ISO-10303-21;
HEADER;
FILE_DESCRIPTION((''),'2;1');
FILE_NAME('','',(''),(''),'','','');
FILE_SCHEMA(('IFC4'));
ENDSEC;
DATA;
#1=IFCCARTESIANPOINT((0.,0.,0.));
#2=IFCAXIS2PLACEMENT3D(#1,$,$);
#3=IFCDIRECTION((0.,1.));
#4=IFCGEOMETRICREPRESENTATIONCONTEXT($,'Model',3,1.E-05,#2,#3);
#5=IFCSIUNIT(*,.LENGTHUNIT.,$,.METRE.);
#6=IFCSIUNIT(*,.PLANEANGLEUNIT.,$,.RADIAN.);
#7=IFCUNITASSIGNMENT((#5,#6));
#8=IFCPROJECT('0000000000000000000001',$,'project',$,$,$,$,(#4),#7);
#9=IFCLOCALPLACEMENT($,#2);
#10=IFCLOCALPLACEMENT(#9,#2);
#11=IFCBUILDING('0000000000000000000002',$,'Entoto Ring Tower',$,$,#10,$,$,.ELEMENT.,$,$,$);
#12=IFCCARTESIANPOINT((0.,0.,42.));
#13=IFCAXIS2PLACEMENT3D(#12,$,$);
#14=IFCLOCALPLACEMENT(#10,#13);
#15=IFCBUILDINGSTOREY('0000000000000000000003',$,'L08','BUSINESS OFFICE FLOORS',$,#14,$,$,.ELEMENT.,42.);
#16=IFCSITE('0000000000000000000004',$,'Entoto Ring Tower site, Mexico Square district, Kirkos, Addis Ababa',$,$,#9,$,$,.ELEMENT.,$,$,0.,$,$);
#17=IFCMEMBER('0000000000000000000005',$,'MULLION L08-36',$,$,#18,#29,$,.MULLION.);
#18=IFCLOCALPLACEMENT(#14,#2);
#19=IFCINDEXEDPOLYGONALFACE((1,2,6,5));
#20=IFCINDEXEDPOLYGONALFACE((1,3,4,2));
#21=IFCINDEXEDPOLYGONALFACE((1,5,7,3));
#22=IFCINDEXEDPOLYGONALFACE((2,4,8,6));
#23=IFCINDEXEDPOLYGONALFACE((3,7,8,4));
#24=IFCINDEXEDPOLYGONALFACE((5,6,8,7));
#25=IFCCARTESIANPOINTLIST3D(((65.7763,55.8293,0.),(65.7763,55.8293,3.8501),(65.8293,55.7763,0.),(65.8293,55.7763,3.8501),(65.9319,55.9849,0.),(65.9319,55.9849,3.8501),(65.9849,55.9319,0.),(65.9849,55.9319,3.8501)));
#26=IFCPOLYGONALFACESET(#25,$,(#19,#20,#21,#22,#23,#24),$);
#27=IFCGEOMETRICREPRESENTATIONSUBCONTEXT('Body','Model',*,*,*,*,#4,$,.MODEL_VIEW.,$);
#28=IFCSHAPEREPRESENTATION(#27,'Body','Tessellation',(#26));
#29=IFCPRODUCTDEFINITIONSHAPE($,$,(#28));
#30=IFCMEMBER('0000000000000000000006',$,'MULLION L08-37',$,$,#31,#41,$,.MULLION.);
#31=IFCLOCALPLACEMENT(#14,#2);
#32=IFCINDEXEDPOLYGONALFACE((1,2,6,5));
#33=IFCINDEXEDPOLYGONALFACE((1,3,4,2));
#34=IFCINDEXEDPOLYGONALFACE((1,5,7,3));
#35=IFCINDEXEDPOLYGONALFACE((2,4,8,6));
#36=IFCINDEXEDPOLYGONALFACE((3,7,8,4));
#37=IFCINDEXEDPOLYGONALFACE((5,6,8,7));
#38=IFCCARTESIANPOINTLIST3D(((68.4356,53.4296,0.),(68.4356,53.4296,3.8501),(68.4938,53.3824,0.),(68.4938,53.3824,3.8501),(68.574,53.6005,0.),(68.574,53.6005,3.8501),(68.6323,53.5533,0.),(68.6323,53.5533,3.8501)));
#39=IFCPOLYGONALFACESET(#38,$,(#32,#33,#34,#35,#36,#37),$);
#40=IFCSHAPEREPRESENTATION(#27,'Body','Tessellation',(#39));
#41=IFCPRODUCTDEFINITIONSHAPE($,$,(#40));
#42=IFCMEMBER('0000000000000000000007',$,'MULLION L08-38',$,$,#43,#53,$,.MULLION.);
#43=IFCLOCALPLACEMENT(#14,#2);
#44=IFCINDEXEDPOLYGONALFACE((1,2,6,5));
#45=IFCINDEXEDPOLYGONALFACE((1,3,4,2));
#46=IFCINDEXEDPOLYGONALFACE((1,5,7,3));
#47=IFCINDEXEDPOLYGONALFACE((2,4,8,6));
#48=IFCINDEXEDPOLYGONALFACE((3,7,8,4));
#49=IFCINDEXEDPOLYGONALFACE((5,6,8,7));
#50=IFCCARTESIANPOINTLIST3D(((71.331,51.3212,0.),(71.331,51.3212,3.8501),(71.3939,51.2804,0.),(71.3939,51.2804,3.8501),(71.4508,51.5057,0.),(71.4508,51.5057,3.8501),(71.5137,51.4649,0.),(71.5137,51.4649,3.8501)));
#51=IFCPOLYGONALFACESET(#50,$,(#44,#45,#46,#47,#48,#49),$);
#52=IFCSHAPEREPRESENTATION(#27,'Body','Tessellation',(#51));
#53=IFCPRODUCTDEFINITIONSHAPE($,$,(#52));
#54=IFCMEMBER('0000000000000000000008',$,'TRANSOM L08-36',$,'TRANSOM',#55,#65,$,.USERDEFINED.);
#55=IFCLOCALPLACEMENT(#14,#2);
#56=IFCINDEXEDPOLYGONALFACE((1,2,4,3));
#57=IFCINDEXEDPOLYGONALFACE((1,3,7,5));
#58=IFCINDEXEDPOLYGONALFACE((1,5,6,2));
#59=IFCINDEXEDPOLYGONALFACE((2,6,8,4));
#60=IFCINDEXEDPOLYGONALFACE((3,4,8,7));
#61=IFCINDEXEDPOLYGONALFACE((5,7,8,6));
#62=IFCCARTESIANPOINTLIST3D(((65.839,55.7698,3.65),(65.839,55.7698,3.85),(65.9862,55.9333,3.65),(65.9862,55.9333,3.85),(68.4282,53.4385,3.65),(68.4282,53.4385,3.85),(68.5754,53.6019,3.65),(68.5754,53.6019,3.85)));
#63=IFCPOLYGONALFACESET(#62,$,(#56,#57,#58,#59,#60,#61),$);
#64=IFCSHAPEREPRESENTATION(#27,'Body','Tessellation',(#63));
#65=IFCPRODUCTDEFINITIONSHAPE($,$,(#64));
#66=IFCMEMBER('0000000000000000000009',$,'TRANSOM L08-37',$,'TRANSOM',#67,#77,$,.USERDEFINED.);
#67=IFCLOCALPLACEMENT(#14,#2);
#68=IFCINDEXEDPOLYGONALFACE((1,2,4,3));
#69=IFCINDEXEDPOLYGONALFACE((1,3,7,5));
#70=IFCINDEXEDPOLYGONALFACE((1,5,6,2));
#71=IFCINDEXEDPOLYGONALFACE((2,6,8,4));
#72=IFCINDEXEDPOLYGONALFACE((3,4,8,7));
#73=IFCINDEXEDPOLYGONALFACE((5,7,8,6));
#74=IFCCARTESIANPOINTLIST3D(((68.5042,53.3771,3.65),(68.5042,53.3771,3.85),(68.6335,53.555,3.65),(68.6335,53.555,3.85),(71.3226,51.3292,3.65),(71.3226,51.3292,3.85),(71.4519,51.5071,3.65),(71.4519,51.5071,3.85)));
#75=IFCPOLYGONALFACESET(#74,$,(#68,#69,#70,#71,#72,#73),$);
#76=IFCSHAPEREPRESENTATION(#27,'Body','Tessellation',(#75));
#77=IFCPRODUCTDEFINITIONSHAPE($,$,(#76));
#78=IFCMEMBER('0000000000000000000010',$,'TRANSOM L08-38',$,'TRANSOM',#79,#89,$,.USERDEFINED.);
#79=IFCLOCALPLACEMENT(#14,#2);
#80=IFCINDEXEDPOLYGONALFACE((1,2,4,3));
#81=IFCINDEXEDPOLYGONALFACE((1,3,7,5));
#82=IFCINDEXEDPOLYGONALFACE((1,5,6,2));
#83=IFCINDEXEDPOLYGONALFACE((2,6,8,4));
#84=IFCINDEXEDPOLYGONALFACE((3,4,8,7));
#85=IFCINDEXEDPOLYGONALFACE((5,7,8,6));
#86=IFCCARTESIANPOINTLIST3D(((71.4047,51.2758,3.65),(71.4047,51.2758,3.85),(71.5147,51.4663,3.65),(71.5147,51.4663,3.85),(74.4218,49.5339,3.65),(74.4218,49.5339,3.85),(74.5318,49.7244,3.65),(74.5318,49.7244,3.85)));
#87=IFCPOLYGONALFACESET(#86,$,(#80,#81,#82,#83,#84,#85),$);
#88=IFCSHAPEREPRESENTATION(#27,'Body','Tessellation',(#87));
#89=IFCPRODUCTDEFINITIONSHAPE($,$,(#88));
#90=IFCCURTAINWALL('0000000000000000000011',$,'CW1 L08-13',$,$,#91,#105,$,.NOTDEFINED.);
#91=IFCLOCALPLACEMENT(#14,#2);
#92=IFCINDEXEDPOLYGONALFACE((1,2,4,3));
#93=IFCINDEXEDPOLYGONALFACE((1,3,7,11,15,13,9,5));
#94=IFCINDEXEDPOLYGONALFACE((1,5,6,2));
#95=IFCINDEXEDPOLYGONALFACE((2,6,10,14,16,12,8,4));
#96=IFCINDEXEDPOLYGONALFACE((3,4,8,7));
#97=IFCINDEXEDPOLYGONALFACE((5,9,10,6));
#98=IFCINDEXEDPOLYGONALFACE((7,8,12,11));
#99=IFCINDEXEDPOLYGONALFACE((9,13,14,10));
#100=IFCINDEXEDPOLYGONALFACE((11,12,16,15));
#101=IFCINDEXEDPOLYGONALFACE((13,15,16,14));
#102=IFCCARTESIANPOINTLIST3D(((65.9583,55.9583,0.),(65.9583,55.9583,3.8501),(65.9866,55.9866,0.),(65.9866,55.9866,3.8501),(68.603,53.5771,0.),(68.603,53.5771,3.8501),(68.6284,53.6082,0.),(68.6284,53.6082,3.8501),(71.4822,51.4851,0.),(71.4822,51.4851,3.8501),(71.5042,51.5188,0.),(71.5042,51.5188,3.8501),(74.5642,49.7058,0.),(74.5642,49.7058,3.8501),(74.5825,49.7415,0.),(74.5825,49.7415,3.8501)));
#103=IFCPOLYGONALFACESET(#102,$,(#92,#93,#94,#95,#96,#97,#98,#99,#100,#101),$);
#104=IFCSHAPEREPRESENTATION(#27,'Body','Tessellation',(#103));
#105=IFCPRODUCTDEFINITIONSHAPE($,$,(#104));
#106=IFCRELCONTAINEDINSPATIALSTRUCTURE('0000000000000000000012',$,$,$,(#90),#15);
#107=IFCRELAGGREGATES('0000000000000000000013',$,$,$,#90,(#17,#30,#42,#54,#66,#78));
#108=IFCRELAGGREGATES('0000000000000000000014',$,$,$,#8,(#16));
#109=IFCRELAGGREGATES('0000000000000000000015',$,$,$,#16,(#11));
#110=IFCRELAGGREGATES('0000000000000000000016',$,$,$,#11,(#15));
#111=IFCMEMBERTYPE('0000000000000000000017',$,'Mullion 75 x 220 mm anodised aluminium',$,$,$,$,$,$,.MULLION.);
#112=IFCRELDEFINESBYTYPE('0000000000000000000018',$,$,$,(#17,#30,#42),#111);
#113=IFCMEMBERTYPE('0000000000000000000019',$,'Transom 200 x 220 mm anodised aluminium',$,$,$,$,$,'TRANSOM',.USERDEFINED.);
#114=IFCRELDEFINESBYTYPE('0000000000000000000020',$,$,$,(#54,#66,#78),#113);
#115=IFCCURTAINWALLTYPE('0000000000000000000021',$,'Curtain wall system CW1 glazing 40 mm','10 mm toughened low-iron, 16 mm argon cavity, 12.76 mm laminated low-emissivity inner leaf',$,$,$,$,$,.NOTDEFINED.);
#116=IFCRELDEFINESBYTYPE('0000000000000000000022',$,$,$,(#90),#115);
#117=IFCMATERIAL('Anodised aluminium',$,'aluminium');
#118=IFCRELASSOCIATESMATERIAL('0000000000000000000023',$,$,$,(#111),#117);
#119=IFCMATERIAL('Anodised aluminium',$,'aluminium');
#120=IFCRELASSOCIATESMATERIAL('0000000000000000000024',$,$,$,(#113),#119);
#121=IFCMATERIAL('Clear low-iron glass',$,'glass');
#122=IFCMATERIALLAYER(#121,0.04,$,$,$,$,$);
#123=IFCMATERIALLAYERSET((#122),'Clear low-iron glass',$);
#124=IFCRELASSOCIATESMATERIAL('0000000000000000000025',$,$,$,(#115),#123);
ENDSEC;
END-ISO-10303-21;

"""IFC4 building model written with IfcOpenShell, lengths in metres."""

from ifc_helpers import new_model, si_unit, direction, frame, origin, origin_2d, place, context, subcontext, project, spatial, polyline, rectangle, outline, extrude, material, layer, layer_set, material_profile, profile_set, type_object, element, aggregate, save


model = new_model("IFC4")

# Units and contexts
model_context = context("Model", 3, precision=1e-05, world=origin(), true_north=direction((0.0, 1.0)))
body_context = subcontext(model_context, "Body", "Model", "MODEL_VIEW")
ifc_project = project(units=[si_unit("LENGTHUNIT", "METRE"), si_unit("PLANEANGLEUNIT", "RADIAN")], contexts=[model_context])

# Members
ifc_material_1 = material(Name="Anodised aluminium", Category="aluminium")
ifc_material_profile_1 = material_profile(ifc_material_1, rectangle(XDim=0.075, YDim=0.22, at=origin_2d()), Name="Mullion 75 x 220 mm anodised aluminium")
ifc_profile_set_1 = profile_set([ifc_material_profile_1], Name="Anodised aluminium")
member_type_1 = type_object("IfcMemberType", Name="Mullion 75 x 220 mm anodised aluminium", PredefinedType="MULLION", material=ifc_profile_set_1)
site_placement = place(None, origin())
building_placement = place(site_placement, origin())
storey_placement = place(building_placement, frame((0.0, 0.0, 42.0)))
member_1_placement = place(storey_placement, frame((65.8806, 55.8806, 0.0), z_axis=(0.0, 0.0, 1.0), x_axis=(0.707107, -0.707107, 0.0)))
member_1 = element("IfcMember", 1, at=member_1_placement, type_object=member_type_1, Name="MULLION L08-36", PredefinedType="MULLION", context=body_context, shape_type="SweptSolid", body=[
    extrude(rectangle(XDim=0.075, YDim=0.22, at=origin_2d()), origin(), (0.0, 0.0, 1.0), 3.8501),
])
member_2_placement = place(storey_placement, frame((68.5339, 53.4915, 0.0), z_axis=(0.0, 0.0, 1.0), x_axis=(0.777146, -0.62932, 0.0)))
member_2 = element("IfcMember", 2, at=member_2_placement, type_object=member_type_1, Name="MULLION L08-37", PredefinedType="MULLION", context=body_context, shape_type="SweptSolid", body=[
    extrude(rectangle(XDim=0.075, YDim=0.22, at=origin_2d()), origin(), (0.0, 0.0, 1.0), 3.8501),
])
member_3_placement = place(storey_placement, frame((71.4224, 51.3931, 0.0), z_axis=(0.0, 0.0, 1.0), x_axis=(0.838671, -0.544639, 0.0)))
member_3 = element("IfcMember", 3, at=member_3_placement, type_object=member_type_1, Name="MULLION L08-38", PredefinedType="MULLION", context=body_context, shape_type="SweptSolid", body=[
    extrude(rectangle(XDim=0.075, YDim=0.22, at=origin_2d()), origin(), (0.0, 0.0, 1.0), 3.8501),
])
ifc_material_2 = material(Name="Anodised aluminium", Category="aluminium")
ifc_material_profile_2 = material_profile(ifc_material_2, rectangle(XDim=0.22, YDim=0.2, at=origin_2d()), Name="Transom 200 x 220 mm anodised aluminium")
ifc_profile_set_2 = profile_set([ifc_material_profile_2], Name="Anodised aluminium")
member_type_2 = type_object("IfcMemberType", Name="Transom 200 x 220 mm anodised aluminium", ElementType="TRANSOM", PredefinedType="USERDEFINED", material=ifc_profile_set_2)
member_4_placement = place(storey_placement, frame((65.9126, 55.8516, 3.75), z_axis=(0.743137, -0.669139, 0.0), x_axis=(0.669139, 0.743137, 0.0)))
member_4 = element("IfcMember", 4, at=member_4_placement, type_object=member_type_2, Name="TRANSOM L08-36", ObjectType="TRANSOM", PredefinedType="USERDEFINED", context=body_context, shape_type="SweptSolid", body=[
    extrude(rectangle(XDim=0.22, YDim=0.2, at=origin_2d()), origin(), (0.0, 0.0, 1.0), 3.4841),
])
member_5_placement = place(storey_placement, frame((68.5688, 53.4661, 3.75), z_axis=(0.808991, -0.587822, 0.0), x_axis=(0.587822, 0.808991, 0.0)))
member_5 = element("IfcMember", 5, at=member_5_placement, type_object=member_type_2, Name="TRANSOM L08-37", ObjectType="TRANSOM", PredefinedType="USERDEFINED", context=body_context, shape_type="SweptSolid", body=[
    extrude(rectangle(XDim=0.22, YDim=0.2, at=origin_2d()), origin(), (0.0, 0.0, 1.0), 3.4839),
])
member_6_placement = place(storey_placement, frame((71.4597, 51.3711, 3.75), z_axis=(0.866022, -0.500006, 0.0), x_axis=(0.500006, 0.866022, 0.0)))
member_6 = element("IfcMember", 6, at=member_6_placement, type_object=member_type_2, Name="TRANSOM L08-38", ObjectType="TRANSOM", PredefinedType="USERDEFINED", context=body_context, shape_type="SweptSolid", body=[
    extrude(rectangle(XDim=0.22, YDim=0.2, at=origin_2d()), origin(), (0.0, 0.0, 1.0), 3.4839),
])

# Site, building, storey
site = spatial("IfcSite", under=ifc_project, at=site_placement, Name="Entoto Ring Tower site, Mexico Square district, Kirkos, Addis Ababa", CompositionType="ELEMENT", RefElevation=0.0)
building = spatial("IfcBuilding", under=site, at=building_placement, Name="Entoto Ring Tower", CompositionType="ELEMENT")
storey = spatial("IfcBuildingStorey", under=building, at=storey_placement, Name="L08", Description="BUSINESS OFFICE FLOORS", CompositionType="ELEMENT", Elevation=42.0)

# Curtain wall
ifc_material_3 = material(Name="Clear low-iron glass", Category="glass")
ifc_layer = layer(ifc_material_3, 0.04)
ifc_layer_set = layer_set([ifc_layer], Name="Clear low-iron glass")
curtain_wall_type = type_object("IfcCurtainWallType", Name="Curtain wall system CW1 glazing 40 mm", Description="10 mm toughened low-iron, 16 mm argon cavity, 12.76 mm laminated low-emissivity inner leaf", PredefinedType="NOTDEFINED", material=ifc_layer_set)
curtain_wall_1_placement = place(storey_placement, origin())
curtain_wall_1 = element("IfcCurtainWall", 7, at=curtain_wall_1_placement, inside=storey, type_object=curtain_wall_type, Name="CW1 L08-13", PredefinedType="NOTDEFINED", context=body_context, shape_type="SweptSolid", body=[
    extrude(outline(polyline([(65.9583, 55.9583), (68.603, 53.5771), (71.4822, 51.4851), (74.5642, 49.7058), (74.5825, 49.7415), (71.5042, 51.5188), (68.6284, 53.6082), (65.9866, 55.9866), (65.9583, 55.9583)])), origin(), (0.0, 0.0, 1.0), 3.8501),
])
aggregate(curtain_wall_1, [member_1, member_2, member_3, member_4, member_5, member_6])

save(model, "model.ifc")
